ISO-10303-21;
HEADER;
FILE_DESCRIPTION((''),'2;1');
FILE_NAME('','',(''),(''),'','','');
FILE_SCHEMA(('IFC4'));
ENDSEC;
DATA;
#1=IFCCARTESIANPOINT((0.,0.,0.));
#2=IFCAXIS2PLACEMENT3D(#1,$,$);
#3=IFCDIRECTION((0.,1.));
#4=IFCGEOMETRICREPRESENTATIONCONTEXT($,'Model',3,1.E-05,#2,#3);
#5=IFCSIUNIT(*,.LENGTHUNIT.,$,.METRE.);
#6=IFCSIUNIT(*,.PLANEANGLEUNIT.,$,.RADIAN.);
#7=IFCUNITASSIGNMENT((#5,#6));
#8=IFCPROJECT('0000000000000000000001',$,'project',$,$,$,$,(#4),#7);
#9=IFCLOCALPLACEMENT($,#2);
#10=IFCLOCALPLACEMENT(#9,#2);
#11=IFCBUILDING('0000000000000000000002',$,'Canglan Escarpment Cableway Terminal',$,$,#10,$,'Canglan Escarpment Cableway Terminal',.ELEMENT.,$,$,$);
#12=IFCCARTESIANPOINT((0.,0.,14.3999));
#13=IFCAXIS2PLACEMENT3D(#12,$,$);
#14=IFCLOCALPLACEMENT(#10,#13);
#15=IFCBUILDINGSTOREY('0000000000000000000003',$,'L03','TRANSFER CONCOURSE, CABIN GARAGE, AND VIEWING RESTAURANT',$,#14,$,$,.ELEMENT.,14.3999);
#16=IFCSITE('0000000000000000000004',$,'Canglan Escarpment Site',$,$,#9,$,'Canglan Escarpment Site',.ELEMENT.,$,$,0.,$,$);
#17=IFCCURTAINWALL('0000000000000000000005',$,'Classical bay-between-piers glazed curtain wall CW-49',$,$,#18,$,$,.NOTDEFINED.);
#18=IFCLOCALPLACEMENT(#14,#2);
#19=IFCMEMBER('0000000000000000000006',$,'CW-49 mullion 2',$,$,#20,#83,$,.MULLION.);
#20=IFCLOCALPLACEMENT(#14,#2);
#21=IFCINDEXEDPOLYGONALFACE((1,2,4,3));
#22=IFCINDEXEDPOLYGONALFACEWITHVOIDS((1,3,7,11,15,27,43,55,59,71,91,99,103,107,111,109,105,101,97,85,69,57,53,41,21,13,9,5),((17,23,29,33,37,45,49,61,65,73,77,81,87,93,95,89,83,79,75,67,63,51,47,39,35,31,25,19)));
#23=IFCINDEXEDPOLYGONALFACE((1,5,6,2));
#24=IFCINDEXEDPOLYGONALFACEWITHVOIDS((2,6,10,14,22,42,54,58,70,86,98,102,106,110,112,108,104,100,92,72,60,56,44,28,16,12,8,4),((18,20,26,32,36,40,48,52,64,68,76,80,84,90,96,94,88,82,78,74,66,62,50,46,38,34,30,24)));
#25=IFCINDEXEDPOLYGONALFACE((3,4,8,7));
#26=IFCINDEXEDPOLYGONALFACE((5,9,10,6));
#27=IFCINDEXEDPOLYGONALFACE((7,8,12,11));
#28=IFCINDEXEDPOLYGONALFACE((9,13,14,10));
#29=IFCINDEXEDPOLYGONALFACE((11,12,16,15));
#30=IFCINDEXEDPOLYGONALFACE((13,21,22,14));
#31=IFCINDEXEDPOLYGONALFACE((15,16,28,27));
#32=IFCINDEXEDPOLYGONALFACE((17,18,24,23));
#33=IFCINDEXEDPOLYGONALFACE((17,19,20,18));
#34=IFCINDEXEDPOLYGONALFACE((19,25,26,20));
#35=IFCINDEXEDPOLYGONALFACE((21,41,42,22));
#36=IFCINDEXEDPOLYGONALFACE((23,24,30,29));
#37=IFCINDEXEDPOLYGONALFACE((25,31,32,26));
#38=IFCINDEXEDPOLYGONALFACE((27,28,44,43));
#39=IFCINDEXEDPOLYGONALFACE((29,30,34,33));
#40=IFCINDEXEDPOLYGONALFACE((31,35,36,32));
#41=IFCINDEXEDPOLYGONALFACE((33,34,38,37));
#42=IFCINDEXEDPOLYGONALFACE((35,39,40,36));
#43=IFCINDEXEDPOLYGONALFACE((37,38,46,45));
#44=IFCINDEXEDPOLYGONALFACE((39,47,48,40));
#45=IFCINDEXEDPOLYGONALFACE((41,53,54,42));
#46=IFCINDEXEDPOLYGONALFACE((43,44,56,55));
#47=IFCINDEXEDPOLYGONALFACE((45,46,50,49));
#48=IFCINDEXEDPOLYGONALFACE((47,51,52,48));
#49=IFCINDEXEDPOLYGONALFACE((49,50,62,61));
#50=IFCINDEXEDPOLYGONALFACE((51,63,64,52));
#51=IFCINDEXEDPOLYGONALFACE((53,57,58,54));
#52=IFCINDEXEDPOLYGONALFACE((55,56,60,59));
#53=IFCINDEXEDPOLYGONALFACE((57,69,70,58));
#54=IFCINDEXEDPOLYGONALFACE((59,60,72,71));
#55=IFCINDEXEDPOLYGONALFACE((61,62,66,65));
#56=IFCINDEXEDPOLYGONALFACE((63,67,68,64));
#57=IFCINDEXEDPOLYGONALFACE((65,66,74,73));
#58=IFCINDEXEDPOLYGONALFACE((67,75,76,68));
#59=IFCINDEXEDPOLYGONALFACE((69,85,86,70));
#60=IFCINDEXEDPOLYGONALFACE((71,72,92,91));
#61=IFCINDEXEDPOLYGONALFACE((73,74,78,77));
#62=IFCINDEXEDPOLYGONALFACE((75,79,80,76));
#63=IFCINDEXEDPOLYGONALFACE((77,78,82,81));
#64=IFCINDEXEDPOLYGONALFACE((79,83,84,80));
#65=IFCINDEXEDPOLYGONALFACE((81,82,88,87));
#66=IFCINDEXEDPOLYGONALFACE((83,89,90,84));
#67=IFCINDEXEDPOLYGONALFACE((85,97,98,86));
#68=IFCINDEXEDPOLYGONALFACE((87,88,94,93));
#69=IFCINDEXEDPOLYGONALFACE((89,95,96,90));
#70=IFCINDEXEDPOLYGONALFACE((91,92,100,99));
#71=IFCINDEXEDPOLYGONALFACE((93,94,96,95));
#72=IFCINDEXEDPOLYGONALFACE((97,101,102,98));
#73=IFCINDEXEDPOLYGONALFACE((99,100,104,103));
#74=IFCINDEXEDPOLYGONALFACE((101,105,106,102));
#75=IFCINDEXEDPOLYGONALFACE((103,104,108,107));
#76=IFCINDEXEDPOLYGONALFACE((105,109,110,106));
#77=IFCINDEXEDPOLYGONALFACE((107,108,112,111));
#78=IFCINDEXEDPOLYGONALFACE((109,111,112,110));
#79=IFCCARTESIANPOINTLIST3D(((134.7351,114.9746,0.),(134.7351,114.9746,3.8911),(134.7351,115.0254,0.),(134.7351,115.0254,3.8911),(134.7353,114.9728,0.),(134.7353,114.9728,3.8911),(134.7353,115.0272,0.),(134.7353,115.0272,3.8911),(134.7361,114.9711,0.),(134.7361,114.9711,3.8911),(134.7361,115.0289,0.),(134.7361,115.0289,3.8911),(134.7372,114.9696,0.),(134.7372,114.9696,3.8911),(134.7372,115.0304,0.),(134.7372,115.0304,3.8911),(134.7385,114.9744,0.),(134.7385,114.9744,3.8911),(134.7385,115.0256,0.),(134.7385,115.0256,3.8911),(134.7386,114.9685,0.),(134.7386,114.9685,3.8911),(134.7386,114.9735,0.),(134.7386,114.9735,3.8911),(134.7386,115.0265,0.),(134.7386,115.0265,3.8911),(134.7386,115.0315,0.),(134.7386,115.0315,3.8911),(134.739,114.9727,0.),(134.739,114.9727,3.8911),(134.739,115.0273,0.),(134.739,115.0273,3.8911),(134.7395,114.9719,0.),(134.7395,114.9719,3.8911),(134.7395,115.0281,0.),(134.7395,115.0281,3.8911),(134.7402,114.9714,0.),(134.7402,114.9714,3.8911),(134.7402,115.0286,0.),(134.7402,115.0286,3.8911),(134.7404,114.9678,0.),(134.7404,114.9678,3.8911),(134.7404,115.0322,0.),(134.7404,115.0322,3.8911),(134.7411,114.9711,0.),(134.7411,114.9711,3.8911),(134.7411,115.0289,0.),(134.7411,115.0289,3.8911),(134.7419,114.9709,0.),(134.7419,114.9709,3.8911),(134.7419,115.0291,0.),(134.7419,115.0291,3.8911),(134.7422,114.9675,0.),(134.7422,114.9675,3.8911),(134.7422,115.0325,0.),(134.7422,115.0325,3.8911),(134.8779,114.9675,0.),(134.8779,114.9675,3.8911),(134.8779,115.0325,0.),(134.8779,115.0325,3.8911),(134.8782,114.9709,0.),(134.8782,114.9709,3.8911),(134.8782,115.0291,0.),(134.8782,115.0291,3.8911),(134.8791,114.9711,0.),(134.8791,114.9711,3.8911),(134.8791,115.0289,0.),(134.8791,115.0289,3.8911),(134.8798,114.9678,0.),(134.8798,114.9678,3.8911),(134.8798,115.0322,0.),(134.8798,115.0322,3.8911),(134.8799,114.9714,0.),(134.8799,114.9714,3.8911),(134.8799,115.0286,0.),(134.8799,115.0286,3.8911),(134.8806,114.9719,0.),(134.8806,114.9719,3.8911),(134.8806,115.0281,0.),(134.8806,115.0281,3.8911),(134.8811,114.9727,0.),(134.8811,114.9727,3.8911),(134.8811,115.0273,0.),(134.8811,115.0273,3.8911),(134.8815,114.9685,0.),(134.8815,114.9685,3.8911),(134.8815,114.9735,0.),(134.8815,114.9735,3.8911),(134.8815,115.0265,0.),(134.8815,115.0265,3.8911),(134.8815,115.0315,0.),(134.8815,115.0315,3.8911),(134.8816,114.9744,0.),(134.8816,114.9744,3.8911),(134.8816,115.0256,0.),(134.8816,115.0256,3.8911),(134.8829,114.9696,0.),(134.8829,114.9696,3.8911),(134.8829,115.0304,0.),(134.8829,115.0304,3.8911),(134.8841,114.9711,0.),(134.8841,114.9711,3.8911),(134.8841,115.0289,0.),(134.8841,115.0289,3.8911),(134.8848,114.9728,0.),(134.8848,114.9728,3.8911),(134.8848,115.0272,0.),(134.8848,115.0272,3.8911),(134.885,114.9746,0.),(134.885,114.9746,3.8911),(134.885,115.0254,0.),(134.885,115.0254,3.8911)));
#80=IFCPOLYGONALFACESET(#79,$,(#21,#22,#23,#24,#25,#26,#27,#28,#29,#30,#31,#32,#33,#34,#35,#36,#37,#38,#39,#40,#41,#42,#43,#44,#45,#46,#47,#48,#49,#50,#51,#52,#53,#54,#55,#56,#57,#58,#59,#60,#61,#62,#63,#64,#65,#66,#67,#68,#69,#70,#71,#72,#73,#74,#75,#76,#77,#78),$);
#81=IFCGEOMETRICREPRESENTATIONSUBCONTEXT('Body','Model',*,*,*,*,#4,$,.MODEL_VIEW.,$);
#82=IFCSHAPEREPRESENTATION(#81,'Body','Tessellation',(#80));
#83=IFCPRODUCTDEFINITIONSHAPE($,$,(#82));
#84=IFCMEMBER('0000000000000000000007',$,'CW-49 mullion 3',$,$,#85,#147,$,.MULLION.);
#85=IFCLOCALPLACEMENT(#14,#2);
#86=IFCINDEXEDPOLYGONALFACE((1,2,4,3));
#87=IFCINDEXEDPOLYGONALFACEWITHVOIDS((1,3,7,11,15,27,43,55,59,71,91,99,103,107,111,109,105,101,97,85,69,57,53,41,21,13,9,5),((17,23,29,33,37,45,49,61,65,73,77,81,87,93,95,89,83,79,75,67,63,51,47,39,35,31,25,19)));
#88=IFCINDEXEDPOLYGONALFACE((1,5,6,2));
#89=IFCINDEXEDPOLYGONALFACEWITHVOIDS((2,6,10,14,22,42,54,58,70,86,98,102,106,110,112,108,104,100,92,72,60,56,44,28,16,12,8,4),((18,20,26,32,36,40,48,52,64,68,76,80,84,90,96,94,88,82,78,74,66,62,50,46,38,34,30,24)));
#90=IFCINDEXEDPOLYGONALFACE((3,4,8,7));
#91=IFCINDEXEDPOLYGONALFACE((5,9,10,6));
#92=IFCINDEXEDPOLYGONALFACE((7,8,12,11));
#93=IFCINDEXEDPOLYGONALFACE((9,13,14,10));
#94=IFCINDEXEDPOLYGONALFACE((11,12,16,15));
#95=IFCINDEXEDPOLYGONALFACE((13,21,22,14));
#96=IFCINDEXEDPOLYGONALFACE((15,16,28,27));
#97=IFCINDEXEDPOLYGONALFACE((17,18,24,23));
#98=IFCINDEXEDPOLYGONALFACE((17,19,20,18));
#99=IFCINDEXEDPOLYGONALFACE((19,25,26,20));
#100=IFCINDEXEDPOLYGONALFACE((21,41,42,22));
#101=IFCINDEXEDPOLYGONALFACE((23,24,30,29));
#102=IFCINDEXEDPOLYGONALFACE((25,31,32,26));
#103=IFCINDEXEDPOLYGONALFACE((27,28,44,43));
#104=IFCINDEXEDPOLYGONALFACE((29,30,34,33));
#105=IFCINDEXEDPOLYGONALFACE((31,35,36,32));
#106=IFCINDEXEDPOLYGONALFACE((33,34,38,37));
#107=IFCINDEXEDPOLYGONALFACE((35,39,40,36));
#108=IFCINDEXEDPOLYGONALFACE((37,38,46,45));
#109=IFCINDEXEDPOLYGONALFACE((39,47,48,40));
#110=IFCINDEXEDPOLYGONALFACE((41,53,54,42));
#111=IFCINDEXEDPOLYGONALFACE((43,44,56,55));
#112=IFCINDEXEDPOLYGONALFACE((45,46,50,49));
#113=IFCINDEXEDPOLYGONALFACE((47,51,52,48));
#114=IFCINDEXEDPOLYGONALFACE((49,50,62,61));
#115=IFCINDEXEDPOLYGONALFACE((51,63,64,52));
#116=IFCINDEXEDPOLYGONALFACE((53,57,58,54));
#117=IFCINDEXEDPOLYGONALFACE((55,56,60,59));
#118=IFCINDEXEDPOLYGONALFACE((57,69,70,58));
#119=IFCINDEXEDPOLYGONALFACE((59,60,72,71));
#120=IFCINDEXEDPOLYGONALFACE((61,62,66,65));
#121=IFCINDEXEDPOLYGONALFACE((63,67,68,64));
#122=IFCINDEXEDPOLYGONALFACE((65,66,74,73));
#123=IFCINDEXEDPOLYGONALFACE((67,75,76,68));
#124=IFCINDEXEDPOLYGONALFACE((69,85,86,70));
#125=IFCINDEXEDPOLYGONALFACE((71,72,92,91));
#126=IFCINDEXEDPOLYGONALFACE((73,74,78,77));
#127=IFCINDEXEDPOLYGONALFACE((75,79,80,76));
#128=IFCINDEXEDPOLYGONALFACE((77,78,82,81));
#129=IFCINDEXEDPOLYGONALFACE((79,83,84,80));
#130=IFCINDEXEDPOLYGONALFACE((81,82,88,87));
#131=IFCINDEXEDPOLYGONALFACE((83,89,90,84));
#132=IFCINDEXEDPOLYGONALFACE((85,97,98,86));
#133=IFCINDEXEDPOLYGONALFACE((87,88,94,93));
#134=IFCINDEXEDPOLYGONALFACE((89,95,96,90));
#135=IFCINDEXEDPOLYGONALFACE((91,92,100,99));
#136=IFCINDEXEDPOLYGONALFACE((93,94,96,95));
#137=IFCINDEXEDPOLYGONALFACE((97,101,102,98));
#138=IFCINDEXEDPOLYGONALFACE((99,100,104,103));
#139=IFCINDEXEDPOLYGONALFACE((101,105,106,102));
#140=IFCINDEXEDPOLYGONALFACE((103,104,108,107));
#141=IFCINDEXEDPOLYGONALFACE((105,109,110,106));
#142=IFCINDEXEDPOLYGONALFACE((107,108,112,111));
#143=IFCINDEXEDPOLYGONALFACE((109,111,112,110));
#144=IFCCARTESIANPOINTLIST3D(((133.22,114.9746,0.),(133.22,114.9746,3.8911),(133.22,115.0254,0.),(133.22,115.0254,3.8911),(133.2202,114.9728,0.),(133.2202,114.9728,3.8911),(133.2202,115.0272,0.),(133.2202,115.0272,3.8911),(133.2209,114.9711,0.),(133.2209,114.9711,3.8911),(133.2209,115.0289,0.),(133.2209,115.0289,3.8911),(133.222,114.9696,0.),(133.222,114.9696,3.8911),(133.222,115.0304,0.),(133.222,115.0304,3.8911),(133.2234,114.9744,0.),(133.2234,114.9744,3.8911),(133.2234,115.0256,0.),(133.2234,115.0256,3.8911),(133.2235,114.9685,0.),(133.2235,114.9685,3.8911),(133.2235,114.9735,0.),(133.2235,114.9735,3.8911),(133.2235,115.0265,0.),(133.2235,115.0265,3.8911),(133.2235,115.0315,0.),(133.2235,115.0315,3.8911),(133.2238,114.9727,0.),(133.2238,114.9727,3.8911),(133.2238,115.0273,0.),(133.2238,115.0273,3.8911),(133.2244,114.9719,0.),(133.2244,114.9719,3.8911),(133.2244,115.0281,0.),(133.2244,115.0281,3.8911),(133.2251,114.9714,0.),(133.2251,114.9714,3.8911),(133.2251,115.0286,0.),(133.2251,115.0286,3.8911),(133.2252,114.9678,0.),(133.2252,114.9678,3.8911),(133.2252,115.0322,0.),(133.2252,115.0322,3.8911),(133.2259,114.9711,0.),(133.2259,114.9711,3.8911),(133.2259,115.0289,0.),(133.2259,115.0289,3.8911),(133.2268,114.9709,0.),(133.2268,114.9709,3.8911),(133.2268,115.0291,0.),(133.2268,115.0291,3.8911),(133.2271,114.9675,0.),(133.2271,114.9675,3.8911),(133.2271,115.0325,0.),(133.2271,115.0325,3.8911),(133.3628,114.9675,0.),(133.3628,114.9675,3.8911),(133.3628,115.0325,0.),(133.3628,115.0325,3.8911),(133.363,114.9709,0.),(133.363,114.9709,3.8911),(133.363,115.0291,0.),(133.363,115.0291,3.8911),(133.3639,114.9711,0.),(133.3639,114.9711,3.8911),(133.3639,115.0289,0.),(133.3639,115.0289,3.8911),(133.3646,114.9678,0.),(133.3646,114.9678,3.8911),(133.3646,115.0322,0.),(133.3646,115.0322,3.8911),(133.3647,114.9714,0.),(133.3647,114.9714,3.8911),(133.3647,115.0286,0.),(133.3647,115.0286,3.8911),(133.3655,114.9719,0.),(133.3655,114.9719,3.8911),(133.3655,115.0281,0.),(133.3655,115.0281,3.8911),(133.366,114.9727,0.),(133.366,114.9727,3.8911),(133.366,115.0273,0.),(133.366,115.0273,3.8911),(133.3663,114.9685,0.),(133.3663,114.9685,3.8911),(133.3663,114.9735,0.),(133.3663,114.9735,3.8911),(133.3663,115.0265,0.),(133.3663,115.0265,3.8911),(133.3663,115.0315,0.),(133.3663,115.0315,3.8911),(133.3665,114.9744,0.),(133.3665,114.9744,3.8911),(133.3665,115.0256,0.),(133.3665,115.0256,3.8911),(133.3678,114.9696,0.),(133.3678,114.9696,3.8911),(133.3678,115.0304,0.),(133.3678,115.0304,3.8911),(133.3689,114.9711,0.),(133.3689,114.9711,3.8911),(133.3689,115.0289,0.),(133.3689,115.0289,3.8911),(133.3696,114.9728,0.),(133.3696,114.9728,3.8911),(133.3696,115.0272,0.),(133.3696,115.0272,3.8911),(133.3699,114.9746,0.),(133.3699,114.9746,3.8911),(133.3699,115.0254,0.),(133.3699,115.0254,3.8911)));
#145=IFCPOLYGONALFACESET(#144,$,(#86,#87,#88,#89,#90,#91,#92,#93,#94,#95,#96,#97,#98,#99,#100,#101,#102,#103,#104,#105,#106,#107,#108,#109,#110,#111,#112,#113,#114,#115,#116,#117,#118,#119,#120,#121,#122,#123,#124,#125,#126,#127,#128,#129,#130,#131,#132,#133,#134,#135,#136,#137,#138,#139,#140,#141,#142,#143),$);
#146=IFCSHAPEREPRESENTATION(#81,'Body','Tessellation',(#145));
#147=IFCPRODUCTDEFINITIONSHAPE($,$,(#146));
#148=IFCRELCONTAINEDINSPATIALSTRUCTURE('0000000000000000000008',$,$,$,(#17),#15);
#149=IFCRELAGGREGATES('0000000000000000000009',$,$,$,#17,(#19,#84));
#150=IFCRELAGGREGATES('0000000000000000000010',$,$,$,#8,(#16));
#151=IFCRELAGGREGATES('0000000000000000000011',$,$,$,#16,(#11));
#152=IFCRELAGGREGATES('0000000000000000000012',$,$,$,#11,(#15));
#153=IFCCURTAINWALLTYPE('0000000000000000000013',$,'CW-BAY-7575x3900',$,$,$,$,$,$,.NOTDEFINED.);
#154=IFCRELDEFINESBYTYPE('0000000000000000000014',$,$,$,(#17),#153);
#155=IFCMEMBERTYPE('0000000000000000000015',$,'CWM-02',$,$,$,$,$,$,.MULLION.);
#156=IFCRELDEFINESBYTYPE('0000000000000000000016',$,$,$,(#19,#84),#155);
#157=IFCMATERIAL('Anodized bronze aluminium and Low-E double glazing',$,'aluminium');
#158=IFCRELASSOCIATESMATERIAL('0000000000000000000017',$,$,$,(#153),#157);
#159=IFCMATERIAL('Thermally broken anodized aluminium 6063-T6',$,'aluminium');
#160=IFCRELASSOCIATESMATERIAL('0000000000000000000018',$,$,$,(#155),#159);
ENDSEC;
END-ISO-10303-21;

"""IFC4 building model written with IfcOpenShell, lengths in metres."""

from ifc_helpers import new_model, si_unit, direction, frame, origin, origin_2d, place, context, subcontext, project, spatial, hollow_rectangle, extrude, material, material_profile, profile_set, type_object, element, aggregate, save


model = new_model("IFC4")

# Units and contexts
model_context = context("Model", 3, precision=1e-05, world=origin(), true_north=direction((0.0, 1.0)))
body_context = subcontext(model_context, "Body", "Model", "MODEL_VIEW")
ifc_project = project(units=[si_unit("LENGTHUNIT", "METRE"), si_unit("PLANEANGLEUNIT", "RADIAN")], contexts=[model_context])

# Site, building, storey
site_placement = place(None, origin())
site = spatial("IfcSite", under=ifc_project, at=site_placement, Name="Canglan Escarpment Site", LongName="Canglan Escarpment Site", CompositionType="ELEMENT", RefElevation=0.0)
building_placement = place(site_placement, origin())
building = spatial("IfcBuilding", under=site, at=building_placement, Name="Canglan Escarpment Cableway Terminal", LongName="Canglan Escarpment Cableway Terminal", CompositionType="ELEMENT")
storey_placement = place(building_placement, frame((0.0, 0.0, 14.3999)))
storey = spatial("IfcBuildingStorey", under=building, at=storey_placement, Name="L03", Description="TRANSFER CONCOURSE, CABIN GARAGE, AND VIEWING RESTAURANT", CompositionType="ELEMENT", Elevation=14.3999)

# Curtain wall, members
ifc_material_1 = material(Name="Anodized bronze aluminium and Low-E double glazing", Category="aluminium")
curtain_wall_type = type_object("IfcCurtainWallType", Name="CW-BAY-7575x3900", PredefinedType="NOTDEFINED", material=ifc_material_1)
curtain_wall_placement = place(storey_placement, origin())
curtain_wall = element("IfcCurtainWall", 1, at=curtain_wall_placement, inside=storey, type_object=curtain_wall_type, Name="Classical bay-between-piers glazed curtain wall CW-49", PredefinedType="NOTDEFINED")
ifc_material_2 = material(Name="Thermally broken anodized aluminium 6063-T6", Category="aluminium")
ifc_material_profile_1 = material_profile(ifc_material_2, hollow_rectangle(XDim=0.0649, YDim=0.1499, WallThickness=0.0034, InnerFilletRadius=0.0034, OuterFilletRadius=0.0071, at=origin_2d()), Name="ALU-MULL 65x150x3.5")
ifc_profile_set_1 = profile_set([ifc_material_profile_1], Name="Thermally broken anodized aluminium 6063-T6")
member_type_1 = type_object("IfcMemberType", Name="CWM-02", PredefinedType="MULLION", material=ifc_profile_set_1)
member_1_placement = place(storey_placement, frame((134.8101, 115.0, 0.0), z_axis=(0.0, 0.0, 1.0), x_axis=(0.0, -1.0, 0.0)))
member_1 = element("IfcMember", 2, at=member_1_placement, type_object=member_type_1, Name="CW-49 mullion 2", PredefinedType="MULLION", context=body_context, shape_type="SweptSolid", body=[
    extrude(hollow_rectangle(XDim=0.0649, YDim=0.1499, WallThickness=0.0034, InnerFilletRadius=0.0034, OuterFilletRadius=0.0071, at=origin_2d()), origin(), (0.0, 0.0, 1.0), 3.8911),
])
member_2_placement = place(storey_placement, frame((133.2949, 115.0, 0.0), z_axis=(0.0, 0.0, 1.0), x_axis=(0.0, -1.0, 0.0)))
member_2 = element("IfcMember", 3, at=member_2_placement, type_object=member_type_1, Name="CW-49 mullion 3", PredefinedType="MULLION", context=body_context, shape_type="SweptSolid", body=[
    extrude(hollow_rectangle(XDim=0.0649, YDim=0.1499, WallThickness=0.0034, InnerFilletRadius=0.0034, OuterFilletRadius=0.0071, at=origin_2d()), origin(), (0.0, 0.0, 1.0), 3.8911),
])
aggregate(curtain_wall, [member_1, member_2])

save(model, "model.ifc")
